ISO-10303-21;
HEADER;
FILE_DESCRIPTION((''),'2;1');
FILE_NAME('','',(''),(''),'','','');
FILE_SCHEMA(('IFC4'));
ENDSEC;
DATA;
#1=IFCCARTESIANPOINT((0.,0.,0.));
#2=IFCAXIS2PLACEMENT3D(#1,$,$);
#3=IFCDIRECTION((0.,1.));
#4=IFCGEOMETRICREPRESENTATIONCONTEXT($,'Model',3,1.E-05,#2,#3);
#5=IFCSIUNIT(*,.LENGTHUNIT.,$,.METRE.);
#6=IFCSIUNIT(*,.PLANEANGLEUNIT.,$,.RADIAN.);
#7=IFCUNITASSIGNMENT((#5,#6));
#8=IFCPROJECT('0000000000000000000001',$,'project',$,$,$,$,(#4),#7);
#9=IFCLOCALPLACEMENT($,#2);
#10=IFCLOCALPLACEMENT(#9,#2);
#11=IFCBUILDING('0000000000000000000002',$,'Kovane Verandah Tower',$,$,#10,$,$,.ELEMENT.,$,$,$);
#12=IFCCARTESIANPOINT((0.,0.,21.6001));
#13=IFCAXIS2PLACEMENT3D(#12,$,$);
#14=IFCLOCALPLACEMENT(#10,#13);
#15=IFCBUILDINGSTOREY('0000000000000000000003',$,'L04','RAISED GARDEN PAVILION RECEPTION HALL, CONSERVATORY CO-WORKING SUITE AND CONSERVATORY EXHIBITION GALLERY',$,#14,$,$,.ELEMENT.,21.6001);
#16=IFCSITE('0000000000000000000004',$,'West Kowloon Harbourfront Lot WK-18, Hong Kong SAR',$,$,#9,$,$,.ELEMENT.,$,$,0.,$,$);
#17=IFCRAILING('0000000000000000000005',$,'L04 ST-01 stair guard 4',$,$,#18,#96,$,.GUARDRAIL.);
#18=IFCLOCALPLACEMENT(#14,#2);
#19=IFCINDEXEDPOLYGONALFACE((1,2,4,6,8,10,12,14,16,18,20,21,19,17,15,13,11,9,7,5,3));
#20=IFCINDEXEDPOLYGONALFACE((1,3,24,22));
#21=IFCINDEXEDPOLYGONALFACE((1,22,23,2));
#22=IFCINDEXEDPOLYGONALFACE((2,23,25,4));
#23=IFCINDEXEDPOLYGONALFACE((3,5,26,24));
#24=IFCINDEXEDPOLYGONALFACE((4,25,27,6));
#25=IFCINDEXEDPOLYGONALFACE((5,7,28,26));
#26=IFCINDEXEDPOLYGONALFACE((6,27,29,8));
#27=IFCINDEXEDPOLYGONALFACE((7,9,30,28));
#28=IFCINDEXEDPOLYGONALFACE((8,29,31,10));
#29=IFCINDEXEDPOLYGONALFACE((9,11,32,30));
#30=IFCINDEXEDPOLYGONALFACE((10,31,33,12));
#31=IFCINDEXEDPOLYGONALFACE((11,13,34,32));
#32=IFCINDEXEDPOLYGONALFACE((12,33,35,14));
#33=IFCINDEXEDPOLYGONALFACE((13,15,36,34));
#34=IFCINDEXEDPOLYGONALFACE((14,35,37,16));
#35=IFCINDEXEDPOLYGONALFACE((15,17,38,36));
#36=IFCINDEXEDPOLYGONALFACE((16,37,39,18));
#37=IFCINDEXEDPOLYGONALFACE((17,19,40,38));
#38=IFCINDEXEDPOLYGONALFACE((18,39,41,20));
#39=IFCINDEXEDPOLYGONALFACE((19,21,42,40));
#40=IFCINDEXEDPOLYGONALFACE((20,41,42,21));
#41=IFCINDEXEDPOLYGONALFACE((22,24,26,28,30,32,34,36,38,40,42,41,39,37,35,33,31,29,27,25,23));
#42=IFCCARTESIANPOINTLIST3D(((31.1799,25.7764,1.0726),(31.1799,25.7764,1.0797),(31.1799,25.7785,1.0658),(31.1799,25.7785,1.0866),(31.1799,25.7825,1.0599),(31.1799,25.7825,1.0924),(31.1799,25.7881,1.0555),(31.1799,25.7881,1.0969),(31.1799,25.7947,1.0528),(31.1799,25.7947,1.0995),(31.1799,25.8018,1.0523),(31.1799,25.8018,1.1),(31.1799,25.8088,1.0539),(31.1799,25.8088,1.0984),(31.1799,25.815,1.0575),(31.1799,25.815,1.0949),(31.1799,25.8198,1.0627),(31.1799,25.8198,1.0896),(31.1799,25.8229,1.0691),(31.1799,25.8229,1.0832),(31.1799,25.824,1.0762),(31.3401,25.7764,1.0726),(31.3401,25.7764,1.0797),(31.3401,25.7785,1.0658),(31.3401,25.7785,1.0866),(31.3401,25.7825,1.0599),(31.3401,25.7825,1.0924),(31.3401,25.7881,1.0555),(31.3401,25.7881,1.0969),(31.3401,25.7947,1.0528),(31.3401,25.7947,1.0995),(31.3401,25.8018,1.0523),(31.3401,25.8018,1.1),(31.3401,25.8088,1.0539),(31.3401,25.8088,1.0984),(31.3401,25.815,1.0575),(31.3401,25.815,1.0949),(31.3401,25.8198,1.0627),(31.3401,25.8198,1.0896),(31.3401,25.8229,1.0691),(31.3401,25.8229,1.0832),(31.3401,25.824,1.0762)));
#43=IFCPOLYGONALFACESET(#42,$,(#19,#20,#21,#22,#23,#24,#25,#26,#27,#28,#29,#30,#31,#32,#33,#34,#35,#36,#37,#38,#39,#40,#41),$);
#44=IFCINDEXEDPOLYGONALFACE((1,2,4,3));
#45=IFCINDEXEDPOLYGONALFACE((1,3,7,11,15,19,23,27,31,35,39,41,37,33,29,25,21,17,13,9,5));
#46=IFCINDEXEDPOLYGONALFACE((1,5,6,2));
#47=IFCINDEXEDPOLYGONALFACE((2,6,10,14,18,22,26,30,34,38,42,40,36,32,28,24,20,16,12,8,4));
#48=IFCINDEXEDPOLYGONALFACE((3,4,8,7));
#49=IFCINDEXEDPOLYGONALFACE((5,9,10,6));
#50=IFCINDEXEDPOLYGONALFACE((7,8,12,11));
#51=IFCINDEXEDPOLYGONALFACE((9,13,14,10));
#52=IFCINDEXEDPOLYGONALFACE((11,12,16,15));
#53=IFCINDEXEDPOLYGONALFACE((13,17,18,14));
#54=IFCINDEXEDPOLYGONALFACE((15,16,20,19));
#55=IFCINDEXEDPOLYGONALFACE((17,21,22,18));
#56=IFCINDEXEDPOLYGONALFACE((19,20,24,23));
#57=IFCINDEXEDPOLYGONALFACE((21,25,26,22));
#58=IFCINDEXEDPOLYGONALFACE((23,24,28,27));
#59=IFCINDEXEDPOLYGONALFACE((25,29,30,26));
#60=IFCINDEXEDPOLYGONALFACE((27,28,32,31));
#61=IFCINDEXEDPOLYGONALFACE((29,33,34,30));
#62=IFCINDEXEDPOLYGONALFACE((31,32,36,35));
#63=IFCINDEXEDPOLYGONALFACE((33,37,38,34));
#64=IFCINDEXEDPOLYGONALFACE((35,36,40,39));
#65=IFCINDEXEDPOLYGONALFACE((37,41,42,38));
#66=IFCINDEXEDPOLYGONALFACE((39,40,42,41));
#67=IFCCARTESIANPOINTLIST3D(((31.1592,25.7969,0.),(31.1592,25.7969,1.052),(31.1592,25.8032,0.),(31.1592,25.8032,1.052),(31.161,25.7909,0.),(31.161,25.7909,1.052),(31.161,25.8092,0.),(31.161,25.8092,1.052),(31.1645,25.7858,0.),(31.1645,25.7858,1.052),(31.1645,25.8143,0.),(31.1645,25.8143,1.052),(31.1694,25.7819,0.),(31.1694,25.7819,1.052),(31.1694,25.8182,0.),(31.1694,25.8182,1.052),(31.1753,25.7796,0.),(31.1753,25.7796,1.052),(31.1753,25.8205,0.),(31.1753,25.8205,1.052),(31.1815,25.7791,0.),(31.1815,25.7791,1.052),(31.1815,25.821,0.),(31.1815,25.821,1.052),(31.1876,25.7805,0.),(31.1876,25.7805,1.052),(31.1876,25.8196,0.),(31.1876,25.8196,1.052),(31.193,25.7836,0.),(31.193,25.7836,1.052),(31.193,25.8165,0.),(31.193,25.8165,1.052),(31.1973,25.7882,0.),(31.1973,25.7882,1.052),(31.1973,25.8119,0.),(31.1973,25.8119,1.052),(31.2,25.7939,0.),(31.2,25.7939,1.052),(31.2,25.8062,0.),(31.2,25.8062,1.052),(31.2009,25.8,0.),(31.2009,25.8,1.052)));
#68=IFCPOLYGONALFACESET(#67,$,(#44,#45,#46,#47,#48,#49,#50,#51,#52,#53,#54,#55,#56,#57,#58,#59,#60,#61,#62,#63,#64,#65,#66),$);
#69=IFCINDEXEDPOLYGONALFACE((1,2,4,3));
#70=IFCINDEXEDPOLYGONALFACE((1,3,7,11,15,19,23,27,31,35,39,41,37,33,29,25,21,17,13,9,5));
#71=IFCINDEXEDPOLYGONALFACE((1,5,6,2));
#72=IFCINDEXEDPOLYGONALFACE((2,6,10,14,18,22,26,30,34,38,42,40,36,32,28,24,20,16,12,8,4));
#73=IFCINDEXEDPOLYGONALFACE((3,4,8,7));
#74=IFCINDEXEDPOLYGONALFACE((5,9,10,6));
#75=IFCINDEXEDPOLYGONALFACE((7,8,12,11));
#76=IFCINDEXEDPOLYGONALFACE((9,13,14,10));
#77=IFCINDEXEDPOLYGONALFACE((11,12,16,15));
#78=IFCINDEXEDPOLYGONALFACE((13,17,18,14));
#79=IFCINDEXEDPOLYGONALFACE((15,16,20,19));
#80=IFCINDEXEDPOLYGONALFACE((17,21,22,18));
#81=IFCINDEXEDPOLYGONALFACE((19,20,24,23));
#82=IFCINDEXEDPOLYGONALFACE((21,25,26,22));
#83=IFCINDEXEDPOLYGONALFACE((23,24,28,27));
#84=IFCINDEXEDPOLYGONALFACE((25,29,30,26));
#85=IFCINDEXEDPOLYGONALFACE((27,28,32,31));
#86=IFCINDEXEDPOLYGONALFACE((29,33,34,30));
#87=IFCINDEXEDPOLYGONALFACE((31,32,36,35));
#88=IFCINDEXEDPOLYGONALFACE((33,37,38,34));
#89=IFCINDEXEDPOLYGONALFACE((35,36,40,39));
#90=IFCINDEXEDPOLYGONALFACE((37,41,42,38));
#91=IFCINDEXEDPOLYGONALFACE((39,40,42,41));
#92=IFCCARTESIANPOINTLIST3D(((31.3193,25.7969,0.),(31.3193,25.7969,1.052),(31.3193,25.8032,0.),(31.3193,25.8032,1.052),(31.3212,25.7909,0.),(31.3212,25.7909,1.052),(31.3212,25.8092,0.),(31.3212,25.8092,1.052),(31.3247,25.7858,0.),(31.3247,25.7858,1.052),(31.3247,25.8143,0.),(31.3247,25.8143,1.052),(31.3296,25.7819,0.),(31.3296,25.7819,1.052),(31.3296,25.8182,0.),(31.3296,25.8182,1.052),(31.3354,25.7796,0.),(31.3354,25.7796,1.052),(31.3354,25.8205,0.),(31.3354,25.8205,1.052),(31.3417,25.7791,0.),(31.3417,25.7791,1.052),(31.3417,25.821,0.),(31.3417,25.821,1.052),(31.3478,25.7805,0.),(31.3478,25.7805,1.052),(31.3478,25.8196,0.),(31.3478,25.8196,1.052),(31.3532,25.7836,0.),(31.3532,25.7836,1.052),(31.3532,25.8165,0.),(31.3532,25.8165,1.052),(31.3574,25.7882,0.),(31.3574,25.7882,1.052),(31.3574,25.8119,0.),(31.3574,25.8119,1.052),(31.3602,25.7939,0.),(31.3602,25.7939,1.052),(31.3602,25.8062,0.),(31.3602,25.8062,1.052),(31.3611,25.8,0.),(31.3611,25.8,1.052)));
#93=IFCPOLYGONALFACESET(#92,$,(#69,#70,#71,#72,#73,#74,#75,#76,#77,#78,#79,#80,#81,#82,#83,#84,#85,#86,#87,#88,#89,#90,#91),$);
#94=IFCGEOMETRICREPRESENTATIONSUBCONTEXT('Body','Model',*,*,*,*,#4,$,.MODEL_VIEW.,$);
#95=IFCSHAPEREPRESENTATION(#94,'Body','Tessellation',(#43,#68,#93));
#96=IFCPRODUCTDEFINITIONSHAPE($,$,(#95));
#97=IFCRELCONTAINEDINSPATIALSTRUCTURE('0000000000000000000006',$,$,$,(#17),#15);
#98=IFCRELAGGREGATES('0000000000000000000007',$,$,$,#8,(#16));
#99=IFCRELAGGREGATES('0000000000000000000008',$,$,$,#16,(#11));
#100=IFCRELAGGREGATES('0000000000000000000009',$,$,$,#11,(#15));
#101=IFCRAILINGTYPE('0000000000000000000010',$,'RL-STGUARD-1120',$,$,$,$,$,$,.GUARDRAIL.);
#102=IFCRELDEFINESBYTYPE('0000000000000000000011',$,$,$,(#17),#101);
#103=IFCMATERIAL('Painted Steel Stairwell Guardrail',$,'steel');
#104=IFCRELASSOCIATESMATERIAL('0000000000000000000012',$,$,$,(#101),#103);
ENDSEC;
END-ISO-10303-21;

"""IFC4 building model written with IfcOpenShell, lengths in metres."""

from ifc_helpers import new_model, si_unit, direction, frame, origin, origin_2d, place, context, subcontext, project, spatial, circle, extrude, material, type_object, element, save


model = new_model("IFC4")

# Units and contexts
model_context = context("Model", 3, precision=1e-05, world=origin(), true_north=direction((0.0, 1.0)))
body_context = subcontext(model_context, "Body", "Model", "MODEL_VIEW")
ifc_project = project(units=[si_unit("LENGTHUNIT", "METRE"), si_unit("PLANEANGLEUNIT", "RADIAN")], contexts=[model_context])

# Site, building, storey
site_placement = place(None, origin())
site = spatial("IfcSite", under=ifc_project, at=site_placement, Name="West Kowloon Harbourfront Lot WK-18, Hong Kong SAR", CompositionType="ELEMENT", RefElevation=0.0)
building_placement = place(site_placement, origin())
building = spatial("IfcBuilding", under=site, at=building_placement, Name="Kovane Verandah Tower", CompositionType="ELEMENT")
storey_placement = place(building_placement, frame((0.0, 0.0, 21.6001)))
storey = spatial("IfcBuildingStorey", under=building, at=storey_placement, Name="L04", Description="RAISED GARDEN PAVILION RECEPTION HALL, CONSERVATORY CO-WORKING SUITE AND CONSERVATORY EXHIBITION GALLERY", CompositionType="ELEMENT", Elevation=21.6001)

# Railing
ifc_material_1 = material(Name="Painted Steel Stairwell Guardrail", Category="steel")
railing_type = type_object("IfcRailingType", Name="RL-STGUARD-1120", PredefinedType="GUARDRAIL", material=ifc_material_1)
railing_1_placement = place(storey_placement, frame((31.1799, 25.8, 0.0)))
element("IfcRailing", 1, at=railing_1_placement, inside=storey, type_object=railing_type, Name="L04 ST-01 stair guard 4", PredefinedType="GUARDRAIL", context=body_context, shape_type="SweptSolid", body=[
    extrude(circle(Radius=0.0239, at=origin_2d()), frame((0.0, 0.0, 1.0762), z_axis=(1.0, 0.0, 0.0), x_axis=(0.0, 1.0, 0.0)), (0.0, 0.0, 1.0), 0.1602),
    extrude(circle(Radius=0.021, at=origin_2d()), origin(), (0.0, 0.0, 1.0), 1.052),
    extrude(circle(Radius=0.021, at=origin_2d()), frame((0.1602, 0.0, 0.0)), (0.0, 0.0, 1.0), 1.052),
])

save(model, "model.ifc")
